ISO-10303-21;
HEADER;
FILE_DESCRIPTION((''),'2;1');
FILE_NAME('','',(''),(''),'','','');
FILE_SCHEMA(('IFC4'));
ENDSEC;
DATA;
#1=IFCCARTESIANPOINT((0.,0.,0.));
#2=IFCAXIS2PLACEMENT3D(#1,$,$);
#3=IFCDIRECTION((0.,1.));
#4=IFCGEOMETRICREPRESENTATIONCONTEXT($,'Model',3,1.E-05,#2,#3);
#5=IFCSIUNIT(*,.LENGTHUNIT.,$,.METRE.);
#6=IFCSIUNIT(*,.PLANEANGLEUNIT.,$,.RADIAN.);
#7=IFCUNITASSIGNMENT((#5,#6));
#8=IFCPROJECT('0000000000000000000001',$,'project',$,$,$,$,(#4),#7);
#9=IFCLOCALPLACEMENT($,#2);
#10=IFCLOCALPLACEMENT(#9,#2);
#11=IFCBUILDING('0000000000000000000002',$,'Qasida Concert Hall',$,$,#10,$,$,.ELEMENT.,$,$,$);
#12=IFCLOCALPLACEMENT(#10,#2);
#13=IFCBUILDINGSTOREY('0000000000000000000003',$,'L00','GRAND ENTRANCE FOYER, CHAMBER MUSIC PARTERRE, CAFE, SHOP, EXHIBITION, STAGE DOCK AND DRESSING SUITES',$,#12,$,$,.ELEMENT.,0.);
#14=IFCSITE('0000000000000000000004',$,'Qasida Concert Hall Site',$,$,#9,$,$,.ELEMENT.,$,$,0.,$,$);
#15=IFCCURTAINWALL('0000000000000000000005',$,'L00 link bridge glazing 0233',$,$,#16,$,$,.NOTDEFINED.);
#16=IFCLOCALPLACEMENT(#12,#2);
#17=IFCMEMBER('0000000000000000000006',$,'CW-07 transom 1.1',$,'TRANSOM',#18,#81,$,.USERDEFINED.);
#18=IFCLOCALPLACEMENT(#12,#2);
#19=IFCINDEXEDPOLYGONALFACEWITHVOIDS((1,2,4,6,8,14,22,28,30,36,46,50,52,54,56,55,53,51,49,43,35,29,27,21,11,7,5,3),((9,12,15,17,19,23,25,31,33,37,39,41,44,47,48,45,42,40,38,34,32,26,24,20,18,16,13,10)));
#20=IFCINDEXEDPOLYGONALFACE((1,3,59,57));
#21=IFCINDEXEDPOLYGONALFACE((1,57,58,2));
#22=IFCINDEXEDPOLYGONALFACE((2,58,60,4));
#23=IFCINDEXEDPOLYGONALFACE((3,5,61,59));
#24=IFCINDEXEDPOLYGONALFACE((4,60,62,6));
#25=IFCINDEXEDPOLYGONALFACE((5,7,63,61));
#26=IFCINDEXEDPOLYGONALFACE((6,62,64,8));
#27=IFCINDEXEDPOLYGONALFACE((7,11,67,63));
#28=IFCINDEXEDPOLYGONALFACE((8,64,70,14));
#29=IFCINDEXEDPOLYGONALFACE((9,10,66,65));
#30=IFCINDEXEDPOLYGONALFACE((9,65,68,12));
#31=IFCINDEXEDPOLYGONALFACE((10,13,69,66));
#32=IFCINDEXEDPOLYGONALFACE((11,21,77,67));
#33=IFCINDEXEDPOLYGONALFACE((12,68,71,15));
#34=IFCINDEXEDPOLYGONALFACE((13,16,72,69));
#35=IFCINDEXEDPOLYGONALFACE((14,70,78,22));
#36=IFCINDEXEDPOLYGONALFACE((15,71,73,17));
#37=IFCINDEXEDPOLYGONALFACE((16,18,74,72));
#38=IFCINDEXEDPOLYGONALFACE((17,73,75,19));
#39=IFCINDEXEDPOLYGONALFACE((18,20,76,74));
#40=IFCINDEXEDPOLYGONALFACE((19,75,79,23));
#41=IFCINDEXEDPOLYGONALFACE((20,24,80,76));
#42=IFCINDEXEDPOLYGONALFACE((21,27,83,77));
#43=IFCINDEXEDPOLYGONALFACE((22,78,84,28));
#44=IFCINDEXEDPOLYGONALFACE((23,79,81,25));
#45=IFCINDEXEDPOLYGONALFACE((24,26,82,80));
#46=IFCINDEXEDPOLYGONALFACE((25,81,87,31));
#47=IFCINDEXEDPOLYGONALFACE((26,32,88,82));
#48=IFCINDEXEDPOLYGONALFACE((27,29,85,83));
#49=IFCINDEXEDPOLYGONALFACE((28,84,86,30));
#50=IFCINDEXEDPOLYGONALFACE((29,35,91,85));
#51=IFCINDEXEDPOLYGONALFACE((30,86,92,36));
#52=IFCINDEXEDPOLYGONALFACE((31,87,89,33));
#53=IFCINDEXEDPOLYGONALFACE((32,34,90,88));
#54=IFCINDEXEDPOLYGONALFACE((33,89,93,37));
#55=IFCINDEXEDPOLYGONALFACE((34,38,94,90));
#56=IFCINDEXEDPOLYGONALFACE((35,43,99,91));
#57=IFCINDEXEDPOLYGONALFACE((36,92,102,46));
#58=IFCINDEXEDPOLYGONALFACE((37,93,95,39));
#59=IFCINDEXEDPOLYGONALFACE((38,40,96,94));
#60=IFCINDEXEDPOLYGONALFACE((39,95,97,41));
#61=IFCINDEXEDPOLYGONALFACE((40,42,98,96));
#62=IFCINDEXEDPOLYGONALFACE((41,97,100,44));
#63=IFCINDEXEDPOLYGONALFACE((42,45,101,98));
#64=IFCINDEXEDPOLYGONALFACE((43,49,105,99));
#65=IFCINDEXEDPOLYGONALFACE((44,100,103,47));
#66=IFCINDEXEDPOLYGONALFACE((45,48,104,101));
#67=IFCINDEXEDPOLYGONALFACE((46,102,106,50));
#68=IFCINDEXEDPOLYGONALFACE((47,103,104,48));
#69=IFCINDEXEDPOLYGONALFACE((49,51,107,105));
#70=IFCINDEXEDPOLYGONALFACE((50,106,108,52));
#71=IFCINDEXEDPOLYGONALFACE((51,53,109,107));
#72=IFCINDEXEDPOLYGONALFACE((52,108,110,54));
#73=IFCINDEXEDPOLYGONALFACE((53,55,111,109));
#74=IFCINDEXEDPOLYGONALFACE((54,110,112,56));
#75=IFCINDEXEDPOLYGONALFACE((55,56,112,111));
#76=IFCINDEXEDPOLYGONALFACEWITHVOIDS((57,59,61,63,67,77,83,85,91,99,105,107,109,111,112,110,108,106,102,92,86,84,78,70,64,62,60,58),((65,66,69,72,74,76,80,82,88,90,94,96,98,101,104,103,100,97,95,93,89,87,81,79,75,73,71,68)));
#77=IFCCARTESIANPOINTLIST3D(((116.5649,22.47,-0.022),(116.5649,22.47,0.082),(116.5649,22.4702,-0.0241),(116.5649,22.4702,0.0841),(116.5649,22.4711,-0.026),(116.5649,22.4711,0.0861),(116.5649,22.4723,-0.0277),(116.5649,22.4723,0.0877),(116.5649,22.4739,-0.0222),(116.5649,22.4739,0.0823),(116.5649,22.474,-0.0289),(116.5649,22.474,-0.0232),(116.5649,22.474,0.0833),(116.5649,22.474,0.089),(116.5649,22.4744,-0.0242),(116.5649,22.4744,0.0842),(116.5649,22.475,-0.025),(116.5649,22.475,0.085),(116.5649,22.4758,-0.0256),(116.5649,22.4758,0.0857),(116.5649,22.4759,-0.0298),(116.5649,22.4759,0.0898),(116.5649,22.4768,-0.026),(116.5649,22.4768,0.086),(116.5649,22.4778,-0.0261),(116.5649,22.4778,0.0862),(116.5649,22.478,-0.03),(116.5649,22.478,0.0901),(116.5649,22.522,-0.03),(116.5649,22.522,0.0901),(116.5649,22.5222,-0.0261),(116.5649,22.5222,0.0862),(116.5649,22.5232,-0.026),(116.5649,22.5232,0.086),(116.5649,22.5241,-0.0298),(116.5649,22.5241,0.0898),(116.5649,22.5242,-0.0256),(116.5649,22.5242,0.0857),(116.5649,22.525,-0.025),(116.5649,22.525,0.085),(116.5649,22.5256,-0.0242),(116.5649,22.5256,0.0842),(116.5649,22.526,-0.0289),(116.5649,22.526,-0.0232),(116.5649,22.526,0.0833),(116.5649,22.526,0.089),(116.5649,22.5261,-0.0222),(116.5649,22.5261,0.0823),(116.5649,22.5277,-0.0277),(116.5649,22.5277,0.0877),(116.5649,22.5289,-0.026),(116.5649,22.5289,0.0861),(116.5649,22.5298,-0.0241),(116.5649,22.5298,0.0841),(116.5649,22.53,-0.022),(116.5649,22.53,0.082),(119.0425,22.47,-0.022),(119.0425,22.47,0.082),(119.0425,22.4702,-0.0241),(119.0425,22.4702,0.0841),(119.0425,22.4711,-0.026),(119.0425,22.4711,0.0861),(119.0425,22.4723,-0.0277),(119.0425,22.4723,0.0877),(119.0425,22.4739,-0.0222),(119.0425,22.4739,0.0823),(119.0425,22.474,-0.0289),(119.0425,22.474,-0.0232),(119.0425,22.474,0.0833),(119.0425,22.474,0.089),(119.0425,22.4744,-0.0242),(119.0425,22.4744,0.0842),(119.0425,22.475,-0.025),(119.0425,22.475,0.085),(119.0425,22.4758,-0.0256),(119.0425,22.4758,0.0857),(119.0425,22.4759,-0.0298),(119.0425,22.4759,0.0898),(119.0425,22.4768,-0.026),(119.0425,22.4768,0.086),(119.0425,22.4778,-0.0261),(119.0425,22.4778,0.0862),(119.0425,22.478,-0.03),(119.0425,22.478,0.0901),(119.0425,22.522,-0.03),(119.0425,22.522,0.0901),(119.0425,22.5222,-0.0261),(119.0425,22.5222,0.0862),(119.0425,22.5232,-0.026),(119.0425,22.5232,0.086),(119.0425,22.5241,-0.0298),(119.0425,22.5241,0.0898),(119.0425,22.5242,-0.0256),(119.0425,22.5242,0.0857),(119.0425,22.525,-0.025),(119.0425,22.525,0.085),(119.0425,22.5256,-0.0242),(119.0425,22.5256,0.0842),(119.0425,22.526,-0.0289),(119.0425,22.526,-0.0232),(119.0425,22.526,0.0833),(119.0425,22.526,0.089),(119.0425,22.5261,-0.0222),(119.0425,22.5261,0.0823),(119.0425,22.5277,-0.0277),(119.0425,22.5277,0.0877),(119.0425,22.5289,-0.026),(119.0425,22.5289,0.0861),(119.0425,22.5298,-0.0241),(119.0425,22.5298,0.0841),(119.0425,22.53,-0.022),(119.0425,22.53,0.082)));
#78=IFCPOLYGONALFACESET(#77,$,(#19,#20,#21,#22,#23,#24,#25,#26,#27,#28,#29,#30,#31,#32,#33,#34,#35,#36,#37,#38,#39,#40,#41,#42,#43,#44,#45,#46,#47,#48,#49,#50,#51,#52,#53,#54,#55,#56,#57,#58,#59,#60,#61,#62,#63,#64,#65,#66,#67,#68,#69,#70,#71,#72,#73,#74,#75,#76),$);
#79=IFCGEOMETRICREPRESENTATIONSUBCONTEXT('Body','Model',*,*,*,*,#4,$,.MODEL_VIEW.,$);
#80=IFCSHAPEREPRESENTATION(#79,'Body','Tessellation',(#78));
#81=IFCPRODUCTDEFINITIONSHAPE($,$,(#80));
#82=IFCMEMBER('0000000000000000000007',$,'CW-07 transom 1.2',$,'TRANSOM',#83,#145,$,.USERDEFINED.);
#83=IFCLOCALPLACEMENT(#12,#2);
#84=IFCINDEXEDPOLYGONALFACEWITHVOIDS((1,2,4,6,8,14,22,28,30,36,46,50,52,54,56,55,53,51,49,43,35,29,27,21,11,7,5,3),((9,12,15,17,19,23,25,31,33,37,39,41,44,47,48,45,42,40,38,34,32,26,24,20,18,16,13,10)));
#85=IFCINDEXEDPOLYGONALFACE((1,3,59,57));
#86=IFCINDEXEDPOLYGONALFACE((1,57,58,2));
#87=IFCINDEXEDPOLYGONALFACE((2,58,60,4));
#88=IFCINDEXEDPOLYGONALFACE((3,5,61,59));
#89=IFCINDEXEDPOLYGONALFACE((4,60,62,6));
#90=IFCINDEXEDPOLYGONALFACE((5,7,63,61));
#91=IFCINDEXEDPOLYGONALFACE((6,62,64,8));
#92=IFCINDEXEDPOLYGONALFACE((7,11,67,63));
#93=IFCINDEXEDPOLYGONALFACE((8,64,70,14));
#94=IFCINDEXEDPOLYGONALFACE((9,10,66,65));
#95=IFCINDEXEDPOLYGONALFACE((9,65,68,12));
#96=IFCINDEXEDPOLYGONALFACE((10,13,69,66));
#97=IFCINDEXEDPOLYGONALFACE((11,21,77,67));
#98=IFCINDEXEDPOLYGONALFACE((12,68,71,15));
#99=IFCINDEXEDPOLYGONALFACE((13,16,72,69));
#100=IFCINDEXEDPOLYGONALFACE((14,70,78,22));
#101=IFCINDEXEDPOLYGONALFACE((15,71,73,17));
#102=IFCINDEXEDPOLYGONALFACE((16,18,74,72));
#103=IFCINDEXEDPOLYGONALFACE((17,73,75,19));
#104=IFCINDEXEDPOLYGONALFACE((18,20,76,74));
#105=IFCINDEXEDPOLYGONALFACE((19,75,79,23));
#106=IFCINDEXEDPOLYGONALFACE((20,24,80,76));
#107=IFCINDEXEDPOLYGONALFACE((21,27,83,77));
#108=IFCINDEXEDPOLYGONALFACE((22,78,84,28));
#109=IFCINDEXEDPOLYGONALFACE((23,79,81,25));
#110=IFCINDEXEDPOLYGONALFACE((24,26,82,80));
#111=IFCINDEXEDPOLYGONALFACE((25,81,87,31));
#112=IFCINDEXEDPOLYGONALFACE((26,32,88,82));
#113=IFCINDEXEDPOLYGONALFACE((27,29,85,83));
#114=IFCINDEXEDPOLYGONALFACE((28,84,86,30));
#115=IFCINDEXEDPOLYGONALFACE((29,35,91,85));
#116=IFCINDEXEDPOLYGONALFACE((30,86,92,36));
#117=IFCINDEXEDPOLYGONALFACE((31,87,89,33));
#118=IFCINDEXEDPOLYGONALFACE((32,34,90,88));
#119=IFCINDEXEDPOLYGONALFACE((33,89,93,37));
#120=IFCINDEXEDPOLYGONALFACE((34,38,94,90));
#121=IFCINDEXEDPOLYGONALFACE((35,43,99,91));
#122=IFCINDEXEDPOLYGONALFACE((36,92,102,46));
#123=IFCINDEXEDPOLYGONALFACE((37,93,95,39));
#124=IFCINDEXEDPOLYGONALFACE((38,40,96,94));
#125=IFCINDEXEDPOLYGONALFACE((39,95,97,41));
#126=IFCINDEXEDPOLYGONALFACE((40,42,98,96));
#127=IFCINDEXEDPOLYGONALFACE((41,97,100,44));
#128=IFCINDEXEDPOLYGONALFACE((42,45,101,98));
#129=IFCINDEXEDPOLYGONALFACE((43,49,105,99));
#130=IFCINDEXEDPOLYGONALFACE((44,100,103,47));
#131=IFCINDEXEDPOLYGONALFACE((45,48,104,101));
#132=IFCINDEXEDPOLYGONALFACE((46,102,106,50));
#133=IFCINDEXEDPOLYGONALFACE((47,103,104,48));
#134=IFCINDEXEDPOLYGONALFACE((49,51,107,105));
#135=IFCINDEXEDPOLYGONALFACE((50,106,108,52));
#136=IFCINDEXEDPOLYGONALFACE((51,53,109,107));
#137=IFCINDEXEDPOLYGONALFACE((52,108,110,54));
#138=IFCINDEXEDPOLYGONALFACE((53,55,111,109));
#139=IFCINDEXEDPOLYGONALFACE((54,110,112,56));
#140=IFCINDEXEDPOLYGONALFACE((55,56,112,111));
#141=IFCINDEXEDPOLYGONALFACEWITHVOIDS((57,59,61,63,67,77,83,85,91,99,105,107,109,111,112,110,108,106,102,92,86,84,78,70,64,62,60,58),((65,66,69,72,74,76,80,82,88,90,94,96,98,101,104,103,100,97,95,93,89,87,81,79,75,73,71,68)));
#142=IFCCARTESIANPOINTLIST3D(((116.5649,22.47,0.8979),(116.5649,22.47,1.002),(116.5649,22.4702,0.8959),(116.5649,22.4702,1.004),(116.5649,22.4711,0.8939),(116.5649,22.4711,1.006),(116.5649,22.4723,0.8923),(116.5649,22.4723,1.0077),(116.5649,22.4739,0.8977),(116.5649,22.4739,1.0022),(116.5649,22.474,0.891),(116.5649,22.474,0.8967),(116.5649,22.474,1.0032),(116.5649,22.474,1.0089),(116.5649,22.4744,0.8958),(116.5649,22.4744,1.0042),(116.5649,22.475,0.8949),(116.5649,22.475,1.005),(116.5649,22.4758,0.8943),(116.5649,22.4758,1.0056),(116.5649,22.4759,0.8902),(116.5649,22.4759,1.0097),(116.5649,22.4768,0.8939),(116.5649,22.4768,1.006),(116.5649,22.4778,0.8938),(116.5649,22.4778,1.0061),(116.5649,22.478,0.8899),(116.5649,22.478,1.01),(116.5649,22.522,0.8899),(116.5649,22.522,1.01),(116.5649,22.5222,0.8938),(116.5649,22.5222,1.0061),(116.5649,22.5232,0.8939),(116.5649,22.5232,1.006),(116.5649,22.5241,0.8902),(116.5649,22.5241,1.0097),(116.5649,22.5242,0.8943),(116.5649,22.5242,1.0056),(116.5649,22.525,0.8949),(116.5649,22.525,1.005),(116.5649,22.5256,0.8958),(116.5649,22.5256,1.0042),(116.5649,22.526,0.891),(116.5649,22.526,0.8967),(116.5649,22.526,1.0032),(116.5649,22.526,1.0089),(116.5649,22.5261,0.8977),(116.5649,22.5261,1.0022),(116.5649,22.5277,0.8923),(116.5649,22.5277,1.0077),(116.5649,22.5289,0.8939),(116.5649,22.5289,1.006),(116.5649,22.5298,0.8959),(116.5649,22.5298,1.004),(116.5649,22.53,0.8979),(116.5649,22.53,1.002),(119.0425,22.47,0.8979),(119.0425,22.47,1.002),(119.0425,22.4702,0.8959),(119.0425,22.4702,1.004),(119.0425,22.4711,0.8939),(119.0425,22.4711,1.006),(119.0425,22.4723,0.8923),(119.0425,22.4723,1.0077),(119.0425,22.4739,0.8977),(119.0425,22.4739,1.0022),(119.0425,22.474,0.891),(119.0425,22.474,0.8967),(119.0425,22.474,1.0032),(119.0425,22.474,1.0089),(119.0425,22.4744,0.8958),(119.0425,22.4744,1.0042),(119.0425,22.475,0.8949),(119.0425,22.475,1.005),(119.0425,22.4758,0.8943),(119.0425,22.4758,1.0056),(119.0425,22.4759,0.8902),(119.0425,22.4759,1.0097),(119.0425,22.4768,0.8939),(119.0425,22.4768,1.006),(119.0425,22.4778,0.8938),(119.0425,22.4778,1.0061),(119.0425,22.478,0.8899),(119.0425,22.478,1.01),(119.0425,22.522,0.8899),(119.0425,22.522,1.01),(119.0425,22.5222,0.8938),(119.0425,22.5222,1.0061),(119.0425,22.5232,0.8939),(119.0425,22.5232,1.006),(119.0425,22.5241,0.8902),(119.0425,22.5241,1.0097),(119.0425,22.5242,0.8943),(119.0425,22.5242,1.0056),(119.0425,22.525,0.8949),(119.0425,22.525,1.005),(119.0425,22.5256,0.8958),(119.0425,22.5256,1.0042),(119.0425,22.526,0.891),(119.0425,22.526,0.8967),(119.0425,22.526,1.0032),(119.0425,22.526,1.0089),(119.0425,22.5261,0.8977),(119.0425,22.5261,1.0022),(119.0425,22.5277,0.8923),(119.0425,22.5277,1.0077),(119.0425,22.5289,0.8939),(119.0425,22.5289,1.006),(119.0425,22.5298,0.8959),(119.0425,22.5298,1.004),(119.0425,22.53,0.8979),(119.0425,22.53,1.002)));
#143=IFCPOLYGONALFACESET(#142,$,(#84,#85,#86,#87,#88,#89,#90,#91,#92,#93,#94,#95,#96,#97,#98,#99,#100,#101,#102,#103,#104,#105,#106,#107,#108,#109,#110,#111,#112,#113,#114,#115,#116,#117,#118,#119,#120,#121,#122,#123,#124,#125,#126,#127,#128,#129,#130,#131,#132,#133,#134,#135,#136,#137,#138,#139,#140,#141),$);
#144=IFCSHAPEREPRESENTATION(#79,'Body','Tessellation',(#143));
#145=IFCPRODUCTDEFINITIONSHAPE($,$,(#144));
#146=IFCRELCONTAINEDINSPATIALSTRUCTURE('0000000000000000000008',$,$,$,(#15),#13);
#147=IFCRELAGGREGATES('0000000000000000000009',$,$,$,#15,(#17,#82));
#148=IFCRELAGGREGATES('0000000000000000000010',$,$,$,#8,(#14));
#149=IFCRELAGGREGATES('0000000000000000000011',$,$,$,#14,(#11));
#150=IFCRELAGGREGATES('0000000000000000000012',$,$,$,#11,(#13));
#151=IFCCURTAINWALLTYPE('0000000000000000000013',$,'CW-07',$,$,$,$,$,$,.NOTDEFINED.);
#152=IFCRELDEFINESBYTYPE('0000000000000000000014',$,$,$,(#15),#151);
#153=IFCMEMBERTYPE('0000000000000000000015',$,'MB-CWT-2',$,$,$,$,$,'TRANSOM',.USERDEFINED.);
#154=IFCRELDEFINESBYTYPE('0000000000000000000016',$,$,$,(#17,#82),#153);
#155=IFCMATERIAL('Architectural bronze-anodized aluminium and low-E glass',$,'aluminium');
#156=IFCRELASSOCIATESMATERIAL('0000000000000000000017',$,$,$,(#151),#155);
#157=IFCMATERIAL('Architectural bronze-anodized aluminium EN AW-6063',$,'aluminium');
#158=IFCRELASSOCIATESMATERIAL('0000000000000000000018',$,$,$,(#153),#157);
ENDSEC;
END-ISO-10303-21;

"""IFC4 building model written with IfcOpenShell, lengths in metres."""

from ifc_helpers import new_model, si_unit, direction, frame, origin, origin_2d, place, context, subcontext, project, spatial, hollow_rectangle, extrude, material, material_profile, profile_set, type_object, element, aggregate, save


model = new_model("IFC4")

# Units and contexts
model_context = context("Model", 3, precision=1e-05, world=origin(), true_north=direction((0.0, 1.0)))
body_context = subcontext(model_context, "Body", "Model", "MODEL_VIEW")
ifc_project = project(units=[si_unit("LENGTHUNIT", "METRE"), si_unit("PLANEANGLEUNIT", "RADIAN")], contexts=[model_context])

# Site, building, storey
site_placement = place(None, origin())
site = spatial("IfcSite", under=ifc_project, at=site_placement, Name="Qasida Concert Hall Site", CompositionType="ELEMENT", RefElevation=0.0)
building_placement = place(site_placement, origin())
building = spatial("IfcBuilding", under=site, at=building_placement, Name="Qasida Concert Hall", CompositionType="ELEMENT")
storey_placement = place(building_placement, origin())
storey = spatial("IfcBuildingStorey", under=building, at=storey_placement, Name="L00", Description="GRAND ENTRANCE FOYER, CHAMBER MUSIC PARTERRE, CAFE, SHOP, EXHIBITION, STAGE DOCK AND DRESSING SUITES", CompositionType="ELEMENT", Elevation=0.0)

# Curtain wall
ifc_material_1 = material(Name="Architectural bronze-anodized aluminium and low-E glass", Category="aluminium")
curtain_wall_type = type_object("IfcCurtainWallType", Name="CW-07", PredefinedType="NOTDEFINED", material=ifc_material_1)
ifc_material_2 = material(Name="Architectural bronze-anodized aluminium EN AW-6063", Category="aluminium")
curtain_wall_1_placement = place(storey_placement, origin())
curtain_wall_1 = element("IfcCurtainWall", 1, at=curtain_wall_1_placement, inside=storey, type_object=curtain_wall_type, Name="L00 link bridge glazing 0233", PredefinedType="NOTDEFINED")

# Members
ifc_material_profile_1 = material_profile(ifc_material_2, hollow_rectangle(XDim=0.0601, YDim=0.1201, WallThickness=0.0039, InnerFilletRadius=0.0039, OuterFilletRadius=0.0081, at=origin_2d()), Name="CWT 120x60x4")
ifc_profile_set_1 = profile_set([ifc_material_profile_1], Name="Architectural bronze-anodized aluminium EN AW-6063")
member_type_1 = type_object("IfcMemberType", Name="MB-CWT-2", ElementType="TRANSOM", PredefinedType="USERDEFINED", material=ifc_profile_set_1)
member_1_placement = place(storey_placement, frame((116.5649, 22.5, 0.03), z_axis=(1.0, 0.0, 0.0), x_axis=(0.0, 1.0, 0.0)))
member_1 = element("IfcMember", 2, at=member_1_placement, type_object=member_type_1, Name="CW-07 transom 1.1", ObjectType="TRANSOM", PredefinedType="USERDEFINED", context=body_context, shape_type="SweptSolid", body=[
    extrude(hollow_rectangle(XDim=0.0601, YDim=0.1201, WallThickness=0.0039, InnerFilletRadius=0.0039, OuterFilletRadius=0.0081, at=origin_2d()), origin(), (0.0, 0.0, 1.0), 2.4775),
])
member_2_placement = place(storey_placement, frame((116.5649, 22.5, 0.95), z_axis=(1.0, 0.0, 0.0), x_axis=(0.0, 1.0, 0.0)))
member_2 = element("IfcMember", 3, at=member_2_placement, type_object=member_type_1, Name="CW-07 transom 1.2", ObjectType="TRANSOM", PredefinedType="USERDEFINED", context=body_context, shape_type="SweptSolid", body=[
    extrude(hollow_rectangle(XDim=0.0601, YDim=0.1201, WallThickness=0.0039, InnerFilletRadius=0.0039, OuterFilletRadius=0.0081, at=origin_2d()), origin(), (0.0, 0.0, 1.0), 2.4775),
])

aggregate(curtain_wall_1, [member_1, member_2])

save(model, "model.ifc")
